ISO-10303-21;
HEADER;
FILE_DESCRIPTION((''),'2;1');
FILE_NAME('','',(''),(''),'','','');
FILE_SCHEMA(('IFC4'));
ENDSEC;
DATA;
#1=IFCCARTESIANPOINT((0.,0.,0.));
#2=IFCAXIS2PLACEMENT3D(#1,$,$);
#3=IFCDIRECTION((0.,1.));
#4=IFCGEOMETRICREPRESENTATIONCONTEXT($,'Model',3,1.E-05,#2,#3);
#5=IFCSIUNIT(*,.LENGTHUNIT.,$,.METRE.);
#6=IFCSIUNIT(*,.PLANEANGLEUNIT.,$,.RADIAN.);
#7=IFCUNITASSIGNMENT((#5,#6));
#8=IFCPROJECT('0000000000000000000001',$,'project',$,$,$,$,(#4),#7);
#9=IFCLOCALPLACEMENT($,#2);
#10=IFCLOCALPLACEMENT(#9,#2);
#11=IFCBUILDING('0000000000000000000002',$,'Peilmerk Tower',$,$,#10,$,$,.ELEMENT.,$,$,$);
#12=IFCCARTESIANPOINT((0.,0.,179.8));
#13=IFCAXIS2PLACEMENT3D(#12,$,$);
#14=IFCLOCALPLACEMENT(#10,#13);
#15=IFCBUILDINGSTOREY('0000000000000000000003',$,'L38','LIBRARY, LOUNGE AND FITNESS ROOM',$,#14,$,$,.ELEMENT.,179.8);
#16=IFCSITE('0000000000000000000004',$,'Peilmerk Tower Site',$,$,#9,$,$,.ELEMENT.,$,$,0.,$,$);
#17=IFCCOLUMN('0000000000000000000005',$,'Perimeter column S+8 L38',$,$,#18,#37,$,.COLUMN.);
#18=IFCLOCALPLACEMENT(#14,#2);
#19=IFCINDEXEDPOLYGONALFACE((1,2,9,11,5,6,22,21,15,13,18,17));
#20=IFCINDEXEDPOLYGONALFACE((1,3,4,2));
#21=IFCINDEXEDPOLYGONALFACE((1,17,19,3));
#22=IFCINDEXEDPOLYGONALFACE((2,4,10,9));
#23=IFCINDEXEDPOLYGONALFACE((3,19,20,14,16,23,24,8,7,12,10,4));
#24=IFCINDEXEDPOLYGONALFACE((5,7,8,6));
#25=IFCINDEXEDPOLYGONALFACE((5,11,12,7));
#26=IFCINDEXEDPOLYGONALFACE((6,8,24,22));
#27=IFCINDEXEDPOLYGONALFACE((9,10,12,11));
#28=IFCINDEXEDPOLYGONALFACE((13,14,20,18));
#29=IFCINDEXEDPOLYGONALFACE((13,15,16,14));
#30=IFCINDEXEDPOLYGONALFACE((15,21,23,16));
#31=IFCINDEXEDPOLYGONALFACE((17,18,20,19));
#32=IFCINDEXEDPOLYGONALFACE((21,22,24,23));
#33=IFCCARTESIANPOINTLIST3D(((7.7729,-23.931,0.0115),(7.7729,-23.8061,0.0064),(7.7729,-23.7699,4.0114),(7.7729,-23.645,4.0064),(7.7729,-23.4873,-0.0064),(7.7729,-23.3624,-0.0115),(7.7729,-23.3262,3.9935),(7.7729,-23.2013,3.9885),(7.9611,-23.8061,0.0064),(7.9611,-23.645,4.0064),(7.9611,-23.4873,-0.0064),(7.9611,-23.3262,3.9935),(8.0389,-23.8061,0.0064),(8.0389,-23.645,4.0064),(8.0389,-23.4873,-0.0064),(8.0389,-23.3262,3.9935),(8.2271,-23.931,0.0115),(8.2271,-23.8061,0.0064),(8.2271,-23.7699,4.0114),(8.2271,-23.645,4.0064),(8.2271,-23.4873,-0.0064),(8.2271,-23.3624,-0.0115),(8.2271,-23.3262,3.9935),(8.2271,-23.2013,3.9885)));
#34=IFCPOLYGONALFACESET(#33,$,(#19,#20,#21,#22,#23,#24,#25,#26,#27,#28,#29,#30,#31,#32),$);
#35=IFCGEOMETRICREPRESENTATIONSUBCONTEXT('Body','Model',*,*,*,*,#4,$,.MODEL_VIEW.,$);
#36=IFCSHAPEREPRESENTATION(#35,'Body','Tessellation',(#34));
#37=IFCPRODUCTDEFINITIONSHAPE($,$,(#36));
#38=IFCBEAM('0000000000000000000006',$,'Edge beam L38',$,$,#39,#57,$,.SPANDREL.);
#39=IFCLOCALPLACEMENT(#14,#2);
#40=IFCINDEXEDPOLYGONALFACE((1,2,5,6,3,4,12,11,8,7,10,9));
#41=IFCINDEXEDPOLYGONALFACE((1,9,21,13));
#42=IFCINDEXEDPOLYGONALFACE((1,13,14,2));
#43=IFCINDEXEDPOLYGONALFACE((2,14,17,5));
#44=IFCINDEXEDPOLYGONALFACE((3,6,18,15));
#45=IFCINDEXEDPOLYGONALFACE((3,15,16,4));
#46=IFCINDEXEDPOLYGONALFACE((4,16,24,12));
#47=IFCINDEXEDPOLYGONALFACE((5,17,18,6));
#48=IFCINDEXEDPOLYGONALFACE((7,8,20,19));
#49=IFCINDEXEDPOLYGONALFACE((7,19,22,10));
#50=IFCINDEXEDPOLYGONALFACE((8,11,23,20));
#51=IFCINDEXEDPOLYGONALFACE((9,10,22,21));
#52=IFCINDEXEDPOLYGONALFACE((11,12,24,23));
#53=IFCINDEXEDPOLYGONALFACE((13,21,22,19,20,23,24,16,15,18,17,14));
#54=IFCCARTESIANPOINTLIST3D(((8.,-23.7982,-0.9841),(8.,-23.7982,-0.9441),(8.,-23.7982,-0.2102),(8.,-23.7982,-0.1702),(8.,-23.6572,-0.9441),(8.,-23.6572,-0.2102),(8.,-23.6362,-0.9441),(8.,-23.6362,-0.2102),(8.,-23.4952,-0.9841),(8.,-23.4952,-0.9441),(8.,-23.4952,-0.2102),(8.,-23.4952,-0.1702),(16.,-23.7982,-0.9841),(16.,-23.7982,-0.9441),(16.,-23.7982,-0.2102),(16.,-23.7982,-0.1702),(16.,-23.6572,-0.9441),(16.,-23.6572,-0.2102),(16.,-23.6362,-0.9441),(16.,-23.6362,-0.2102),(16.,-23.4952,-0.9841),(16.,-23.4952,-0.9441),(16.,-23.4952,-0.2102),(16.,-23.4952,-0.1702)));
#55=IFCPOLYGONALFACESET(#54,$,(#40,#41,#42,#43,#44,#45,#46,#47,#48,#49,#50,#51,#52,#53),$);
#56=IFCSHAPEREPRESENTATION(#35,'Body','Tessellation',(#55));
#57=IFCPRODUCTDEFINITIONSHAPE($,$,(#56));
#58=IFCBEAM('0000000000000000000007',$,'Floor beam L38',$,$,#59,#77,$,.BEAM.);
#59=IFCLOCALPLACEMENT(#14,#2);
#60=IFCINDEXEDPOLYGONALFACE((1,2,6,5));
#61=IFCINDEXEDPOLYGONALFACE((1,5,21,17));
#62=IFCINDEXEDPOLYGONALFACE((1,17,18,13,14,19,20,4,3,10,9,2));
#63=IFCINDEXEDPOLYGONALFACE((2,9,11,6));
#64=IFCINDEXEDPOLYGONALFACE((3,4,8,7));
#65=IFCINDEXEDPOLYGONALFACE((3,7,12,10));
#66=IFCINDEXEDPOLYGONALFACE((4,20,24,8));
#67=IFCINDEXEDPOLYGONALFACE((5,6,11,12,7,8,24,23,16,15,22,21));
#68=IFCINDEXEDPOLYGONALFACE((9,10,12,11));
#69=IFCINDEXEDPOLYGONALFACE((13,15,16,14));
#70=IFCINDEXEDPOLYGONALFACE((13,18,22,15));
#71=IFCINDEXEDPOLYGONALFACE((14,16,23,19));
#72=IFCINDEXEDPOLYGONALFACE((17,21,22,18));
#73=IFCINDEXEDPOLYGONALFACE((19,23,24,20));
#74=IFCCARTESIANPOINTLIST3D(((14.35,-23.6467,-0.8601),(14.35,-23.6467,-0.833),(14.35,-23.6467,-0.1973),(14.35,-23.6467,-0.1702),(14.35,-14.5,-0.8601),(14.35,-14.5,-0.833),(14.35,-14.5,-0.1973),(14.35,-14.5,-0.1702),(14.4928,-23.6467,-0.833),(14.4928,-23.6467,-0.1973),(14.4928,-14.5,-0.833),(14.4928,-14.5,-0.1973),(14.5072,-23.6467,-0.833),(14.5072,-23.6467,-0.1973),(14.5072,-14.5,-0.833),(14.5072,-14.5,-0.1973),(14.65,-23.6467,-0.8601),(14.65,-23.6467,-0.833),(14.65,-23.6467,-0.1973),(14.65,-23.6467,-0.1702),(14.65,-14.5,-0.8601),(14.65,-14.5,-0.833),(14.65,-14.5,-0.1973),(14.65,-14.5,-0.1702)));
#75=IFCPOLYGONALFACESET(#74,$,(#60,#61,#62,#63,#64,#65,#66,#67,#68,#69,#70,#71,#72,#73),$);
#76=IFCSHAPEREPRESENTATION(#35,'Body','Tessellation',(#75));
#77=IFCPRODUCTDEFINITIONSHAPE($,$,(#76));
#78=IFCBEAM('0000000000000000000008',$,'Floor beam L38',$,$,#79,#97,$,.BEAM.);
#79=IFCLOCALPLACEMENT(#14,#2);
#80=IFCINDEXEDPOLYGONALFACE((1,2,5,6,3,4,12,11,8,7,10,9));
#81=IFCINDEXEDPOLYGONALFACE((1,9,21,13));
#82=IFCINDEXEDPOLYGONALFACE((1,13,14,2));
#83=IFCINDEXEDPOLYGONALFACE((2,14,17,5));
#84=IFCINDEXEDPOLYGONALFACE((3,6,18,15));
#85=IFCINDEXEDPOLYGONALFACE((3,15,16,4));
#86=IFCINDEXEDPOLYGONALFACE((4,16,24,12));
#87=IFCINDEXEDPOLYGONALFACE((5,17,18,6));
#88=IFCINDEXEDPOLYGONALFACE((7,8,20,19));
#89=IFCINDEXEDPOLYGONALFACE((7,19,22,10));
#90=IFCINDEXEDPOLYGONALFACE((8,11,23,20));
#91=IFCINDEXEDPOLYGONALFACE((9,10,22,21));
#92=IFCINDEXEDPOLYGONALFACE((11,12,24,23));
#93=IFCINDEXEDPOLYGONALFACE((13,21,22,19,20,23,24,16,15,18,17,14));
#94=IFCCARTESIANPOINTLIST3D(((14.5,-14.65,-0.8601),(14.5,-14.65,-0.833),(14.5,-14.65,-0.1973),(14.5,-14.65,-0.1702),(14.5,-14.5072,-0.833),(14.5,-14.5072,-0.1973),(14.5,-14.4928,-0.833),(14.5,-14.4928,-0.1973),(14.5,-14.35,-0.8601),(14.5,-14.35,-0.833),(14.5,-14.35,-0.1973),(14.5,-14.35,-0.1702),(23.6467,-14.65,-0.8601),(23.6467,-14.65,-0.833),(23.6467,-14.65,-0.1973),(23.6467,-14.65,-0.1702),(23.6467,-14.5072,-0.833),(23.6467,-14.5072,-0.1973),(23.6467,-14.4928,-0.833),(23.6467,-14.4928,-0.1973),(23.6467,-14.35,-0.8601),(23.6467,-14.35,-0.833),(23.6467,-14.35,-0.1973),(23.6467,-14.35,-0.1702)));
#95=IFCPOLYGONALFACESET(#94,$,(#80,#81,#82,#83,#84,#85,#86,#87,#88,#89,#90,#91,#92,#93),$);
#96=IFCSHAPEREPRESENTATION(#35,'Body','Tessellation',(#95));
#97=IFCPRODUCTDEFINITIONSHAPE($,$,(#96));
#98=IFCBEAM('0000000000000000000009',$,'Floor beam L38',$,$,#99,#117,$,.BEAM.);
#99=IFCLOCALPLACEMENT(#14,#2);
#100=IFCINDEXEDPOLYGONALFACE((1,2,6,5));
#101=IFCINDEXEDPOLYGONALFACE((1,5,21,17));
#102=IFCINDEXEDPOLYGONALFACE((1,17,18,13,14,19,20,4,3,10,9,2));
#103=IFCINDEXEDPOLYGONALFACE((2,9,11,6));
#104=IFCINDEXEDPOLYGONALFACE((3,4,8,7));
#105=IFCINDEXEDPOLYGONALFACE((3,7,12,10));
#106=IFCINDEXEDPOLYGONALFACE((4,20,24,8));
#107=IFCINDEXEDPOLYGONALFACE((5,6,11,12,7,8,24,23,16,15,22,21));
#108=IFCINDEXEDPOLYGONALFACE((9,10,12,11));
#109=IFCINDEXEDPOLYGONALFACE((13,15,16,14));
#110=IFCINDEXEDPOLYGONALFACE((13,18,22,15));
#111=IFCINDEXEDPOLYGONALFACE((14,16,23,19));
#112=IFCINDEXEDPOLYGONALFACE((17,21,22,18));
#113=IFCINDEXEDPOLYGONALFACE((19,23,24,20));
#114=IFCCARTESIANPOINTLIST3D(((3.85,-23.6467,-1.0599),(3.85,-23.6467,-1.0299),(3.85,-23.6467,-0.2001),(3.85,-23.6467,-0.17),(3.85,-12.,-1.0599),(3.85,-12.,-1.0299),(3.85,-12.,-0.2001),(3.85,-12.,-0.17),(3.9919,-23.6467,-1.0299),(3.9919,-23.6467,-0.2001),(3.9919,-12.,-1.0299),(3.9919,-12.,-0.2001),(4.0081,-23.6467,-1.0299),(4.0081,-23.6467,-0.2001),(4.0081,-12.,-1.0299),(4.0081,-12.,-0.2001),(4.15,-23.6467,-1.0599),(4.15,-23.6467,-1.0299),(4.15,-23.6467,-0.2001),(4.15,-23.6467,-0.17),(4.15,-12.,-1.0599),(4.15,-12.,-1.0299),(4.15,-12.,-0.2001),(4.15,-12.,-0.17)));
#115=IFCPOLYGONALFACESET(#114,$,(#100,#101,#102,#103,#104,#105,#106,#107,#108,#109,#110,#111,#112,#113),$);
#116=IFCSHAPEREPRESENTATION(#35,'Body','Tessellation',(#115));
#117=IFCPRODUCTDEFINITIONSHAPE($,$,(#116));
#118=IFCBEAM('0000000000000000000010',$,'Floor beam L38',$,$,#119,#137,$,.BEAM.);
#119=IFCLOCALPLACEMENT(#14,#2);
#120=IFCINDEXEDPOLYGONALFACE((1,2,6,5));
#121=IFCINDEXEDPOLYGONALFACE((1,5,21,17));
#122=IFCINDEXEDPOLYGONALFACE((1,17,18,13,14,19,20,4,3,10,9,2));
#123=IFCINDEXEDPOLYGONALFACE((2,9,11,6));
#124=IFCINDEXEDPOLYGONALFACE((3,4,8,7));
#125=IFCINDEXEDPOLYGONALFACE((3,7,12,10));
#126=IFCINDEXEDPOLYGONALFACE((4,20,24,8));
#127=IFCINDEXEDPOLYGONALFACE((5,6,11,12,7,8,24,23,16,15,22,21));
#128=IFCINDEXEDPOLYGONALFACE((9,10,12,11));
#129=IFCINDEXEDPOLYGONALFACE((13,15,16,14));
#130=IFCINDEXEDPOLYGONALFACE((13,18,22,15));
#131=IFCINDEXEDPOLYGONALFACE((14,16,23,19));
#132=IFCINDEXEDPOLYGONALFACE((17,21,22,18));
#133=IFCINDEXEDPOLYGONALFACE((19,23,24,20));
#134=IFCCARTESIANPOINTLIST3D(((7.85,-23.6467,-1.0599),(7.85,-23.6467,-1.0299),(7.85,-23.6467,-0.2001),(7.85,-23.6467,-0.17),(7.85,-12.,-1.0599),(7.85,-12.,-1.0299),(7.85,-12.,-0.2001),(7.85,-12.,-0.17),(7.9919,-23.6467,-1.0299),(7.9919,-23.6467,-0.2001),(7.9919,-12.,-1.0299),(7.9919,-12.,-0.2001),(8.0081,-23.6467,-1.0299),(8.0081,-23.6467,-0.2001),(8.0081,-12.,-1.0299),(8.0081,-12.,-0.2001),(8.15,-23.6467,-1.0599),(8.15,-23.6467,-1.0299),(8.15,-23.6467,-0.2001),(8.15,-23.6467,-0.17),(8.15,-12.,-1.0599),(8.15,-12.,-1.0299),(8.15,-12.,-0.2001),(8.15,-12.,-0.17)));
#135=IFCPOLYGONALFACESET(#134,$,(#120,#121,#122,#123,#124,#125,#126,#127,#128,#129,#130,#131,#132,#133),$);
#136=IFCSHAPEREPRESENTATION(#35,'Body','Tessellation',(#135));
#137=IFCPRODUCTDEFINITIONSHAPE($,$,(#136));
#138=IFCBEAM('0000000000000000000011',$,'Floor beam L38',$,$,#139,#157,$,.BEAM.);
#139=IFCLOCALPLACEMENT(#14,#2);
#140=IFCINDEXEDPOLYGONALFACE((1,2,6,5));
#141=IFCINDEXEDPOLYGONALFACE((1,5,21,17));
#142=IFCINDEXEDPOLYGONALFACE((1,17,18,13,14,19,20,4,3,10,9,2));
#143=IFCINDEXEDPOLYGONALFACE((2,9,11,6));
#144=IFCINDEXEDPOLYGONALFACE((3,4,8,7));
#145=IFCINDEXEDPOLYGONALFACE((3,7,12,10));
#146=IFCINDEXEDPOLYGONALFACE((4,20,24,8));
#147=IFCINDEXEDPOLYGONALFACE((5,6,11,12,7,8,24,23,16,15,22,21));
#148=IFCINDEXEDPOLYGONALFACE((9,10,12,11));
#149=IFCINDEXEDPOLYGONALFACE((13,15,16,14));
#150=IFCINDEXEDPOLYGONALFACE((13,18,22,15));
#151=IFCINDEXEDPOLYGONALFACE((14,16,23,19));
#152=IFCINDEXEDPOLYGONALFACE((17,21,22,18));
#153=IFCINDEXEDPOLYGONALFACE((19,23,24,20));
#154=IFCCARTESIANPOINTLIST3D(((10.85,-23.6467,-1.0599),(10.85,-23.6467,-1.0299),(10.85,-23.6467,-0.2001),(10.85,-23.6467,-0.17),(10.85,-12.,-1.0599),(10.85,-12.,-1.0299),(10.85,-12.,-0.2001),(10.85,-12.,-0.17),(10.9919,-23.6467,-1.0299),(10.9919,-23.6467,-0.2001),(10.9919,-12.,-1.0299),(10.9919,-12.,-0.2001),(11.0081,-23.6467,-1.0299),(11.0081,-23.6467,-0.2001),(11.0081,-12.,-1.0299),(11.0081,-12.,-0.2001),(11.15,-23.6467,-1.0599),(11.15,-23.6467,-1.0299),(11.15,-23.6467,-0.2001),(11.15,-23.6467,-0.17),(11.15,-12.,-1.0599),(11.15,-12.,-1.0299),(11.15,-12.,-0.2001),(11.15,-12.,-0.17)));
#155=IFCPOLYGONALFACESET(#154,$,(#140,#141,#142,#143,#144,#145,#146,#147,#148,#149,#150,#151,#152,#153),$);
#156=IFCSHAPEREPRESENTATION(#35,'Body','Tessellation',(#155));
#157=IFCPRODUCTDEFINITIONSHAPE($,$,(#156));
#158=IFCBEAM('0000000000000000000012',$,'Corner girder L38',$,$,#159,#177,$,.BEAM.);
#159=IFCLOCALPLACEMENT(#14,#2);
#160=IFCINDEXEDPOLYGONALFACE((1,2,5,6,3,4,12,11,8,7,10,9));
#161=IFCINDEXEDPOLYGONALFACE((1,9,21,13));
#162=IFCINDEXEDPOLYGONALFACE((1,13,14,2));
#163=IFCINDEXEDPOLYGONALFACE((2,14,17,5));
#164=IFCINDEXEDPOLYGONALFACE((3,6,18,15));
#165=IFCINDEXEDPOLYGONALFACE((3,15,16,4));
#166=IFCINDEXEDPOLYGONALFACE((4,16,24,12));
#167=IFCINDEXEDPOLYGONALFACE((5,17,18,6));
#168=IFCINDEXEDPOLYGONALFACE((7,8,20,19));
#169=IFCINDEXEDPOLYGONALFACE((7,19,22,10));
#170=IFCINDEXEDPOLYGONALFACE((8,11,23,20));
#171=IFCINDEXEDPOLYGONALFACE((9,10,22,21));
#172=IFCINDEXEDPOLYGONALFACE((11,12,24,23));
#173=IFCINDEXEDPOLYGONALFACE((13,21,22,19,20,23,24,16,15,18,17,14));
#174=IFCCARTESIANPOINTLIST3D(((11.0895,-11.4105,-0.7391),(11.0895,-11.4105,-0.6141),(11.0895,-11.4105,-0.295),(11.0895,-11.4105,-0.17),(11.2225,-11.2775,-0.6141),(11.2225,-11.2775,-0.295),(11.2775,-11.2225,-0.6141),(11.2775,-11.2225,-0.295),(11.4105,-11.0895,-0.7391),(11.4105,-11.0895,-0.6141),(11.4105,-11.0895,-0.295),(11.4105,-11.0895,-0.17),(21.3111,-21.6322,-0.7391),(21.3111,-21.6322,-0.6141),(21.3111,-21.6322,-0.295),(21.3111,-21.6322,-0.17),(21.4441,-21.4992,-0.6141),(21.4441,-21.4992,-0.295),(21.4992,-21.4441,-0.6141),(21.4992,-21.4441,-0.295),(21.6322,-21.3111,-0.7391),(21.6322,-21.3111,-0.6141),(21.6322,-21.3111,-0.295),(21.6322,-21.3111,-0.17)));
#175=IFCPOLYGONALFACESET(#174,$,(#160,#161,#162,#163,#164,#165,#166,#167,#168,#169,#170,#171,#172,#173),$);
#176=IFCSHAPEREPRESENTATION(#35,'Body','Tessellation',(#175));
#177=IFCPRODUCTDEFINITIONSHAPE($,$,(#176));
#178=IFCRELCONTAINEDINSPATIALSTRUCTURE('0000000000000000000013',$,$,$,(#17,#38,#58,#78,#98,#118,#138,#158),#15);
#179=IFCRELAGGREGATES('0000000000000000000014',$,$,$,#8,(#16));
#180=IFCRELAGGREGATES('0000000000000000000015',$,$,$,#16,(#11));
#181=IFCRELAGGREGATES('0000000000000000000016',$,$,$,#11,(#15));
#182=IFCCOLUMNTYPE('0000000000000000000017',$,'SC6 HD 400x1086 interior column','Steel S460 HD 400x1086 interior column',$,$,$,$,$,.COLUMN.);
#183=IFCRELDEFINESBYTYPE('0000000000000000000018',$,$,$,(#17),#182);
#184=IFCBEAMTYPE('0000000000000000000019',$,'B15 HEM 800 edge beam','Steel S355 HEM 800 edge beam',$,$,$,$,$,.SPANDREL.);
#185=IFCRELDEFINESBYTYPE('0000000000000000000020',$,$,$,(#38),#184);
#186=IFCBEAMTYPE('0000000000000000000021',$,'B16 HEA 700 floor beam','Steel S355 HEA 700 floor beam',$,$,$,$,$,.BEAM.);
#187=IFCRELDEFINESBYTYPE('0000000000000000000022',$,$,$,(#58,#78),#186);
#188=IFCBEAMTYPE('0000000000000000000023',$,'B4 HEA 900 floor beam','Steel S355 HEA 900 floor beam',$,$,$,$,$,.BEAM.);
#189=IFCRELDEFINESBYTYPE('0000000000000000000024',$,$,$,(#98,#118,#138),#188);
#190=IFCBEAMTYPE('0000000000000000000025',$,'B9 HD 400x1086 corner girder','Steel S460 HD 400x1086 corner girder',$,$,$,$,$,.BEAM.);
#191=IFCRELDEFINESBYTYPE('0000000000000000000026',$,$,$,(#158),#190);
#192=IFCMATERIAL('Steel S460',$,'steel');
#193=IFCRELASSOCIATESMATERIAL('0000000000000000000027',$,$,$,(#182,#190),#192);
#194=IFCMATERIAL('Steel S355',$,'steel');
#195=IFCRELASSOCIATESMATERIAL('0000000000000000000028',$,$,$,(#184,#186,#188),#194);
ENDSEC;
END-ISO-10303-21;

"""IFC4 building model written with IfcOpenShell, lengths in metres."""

from ifc_helpers import new_model, si_unit, direction, frame, origin, origin_2d, place, context, subcontext, project, spatial, i_section, extrude, material, material_profile, profile_set, type_object, element, save


model = new_model("IFC4")

# Units and contexts
model_context = context("Model", 3, precision=1e-05, world=origin(), true_north=direction((0.0, 1.0)))
body_context = subcontext(model_context, "Body", "Model", "MODEL_VIEW")
ifc_project = project(units=[si_unit("LENGTHUNIT", "METRE"), si_unit("PLANEANGLEUNIT", "RADIAN")], contexts=[model_context])

# Site, building, storey
site_placement = place(None, origin())
site = spatial("IfcSite", under=ifc_project, at=site_placement, Name="Peilmerk Tower Site", CompositionType="ELEMENT", RefElevation=0.0)
building_placement = place(site_placement, origin())
building = spatial("IfcBuilding", under=site, at=building_placement, Name="Peilmerk Tower", CompositionType="ELEMENT")
storey_placement = place(building_placement, frame((0.0, 0.0, 179.8)))
storey = spatial("IfcBuildingStorey", under=building, at=storey_placement, Name="L38", Description="LIBRARY, LOUNGE AND FITNESS ROOM", CompositionType="ELEMENT", Elevation=179.8)

# Column
ifc_material_1 = material(Name="Steel S460", Category="steel")
ifc_material_profile_1 = material_profile(ifc_material_1, i_section(OverallWidth=0.4541, OverallDepth=0.5691, WebThickness=0.0779, FlangeThickness=0.125, at=origin_2d()), Name="HD 400x1086")
ifc_profile_set_1 = profile_set([ifc_material_profile_1], Name="Steel S460")
column_type = type_object("IfcColumnType", Name="SC6 HD 400x1086 interior column", Description="Steel S460 HD 400x1086 interior column", PredefinedType="COLUMN", material=ifc_profile_set_1)
column_placement = place(storey_placement, frame((8.0, -23.6467, 0.0), z_axis=(0.0, 0.040251, 0.99919), x_axis=(-1.0, 0.0, 0.0)))
element("IfcColumn", 1, at=column_placement, inside=storey, type_object=column_type, Name="Perimeter column S+8 L38", PredefinedType="COLUMN", context=body_context, shape_type="SweptSolid", body=[
    extrude(i_section(OverallWidth=0.4541, OverallDepth=0.5691, WebThickness=0.0779, FlangeThickness=0.125, at=origin_2d()), origin(), (0.0, 0.0, 1.0), 4.0032),
])

# Beams
ifc_material_2 = material(Name="Steel S355", Category="steel")
ifc_material_profile_2 = material_profile(ifc_material_2, i_section(OverallWidth=0.303, OverallDepth=0.814, WebThickness=0.021, FlangeThickness=0.04, at=origin_2d()), Name="HEM 800")
ifc_profile_set_2 = profile_set([ifc_material_profile_2], Name="Steel S355")
beam_type_1 = type_object("IfcBeamType", Name="B15 HEM 800 edge beam", Description="Steel S355 HEM 800 edge beam", PredefinedType="SPANDREL", material=ifc_profile_set_2)
beam_1_placement = place(storey_placement, frame((8.0, -23.6467, -0.5771), z_axis=(1.0, 0.0, 0.0), x_axis=(0.0, 1.0, 0.0)))
element("IfcBeam", 2, at=beam_1_placement, inside=storey, type_object=beam_type_1, Name="Edge beam L38", PredefinedType="SPANDREL", context=body_context, shape_type="SweptSolid", body=[
    extrude(i_section(OverallWidth=0.303, OverallDepth=0.814, WebThickness=0.021, FlangeThickness=0.04, at=origin_2d()), origin(), (0.0, 0.0, 1.0), 8.0),
])
ifc_material_profile_3 = material_profile(ifc_material_2, i_section(OverallWidth=0.3, OverallDepth=0.6899, WebThickness=0.0144, FlangeThickness=0.0271, at=origin_2d()), Name="HEA 700")
ifc_profile_set_3 = profile_set([ifc_material_profile_3], Name="Steel S355")
beam_type_2 = type_object("IfcBeamType", Name="B16 HEA 700 floor beam", Description="Steel S355 HEA 700 floor beam", PredefinedType="BEAM", material=ifc_profile_set_3)
for number, where, z_axis, x_axis, name in (
    (3, (14.5, -14.5, -0.5151), (0.0, -1.0, 0.0), (1.0, 0.0, 0.0), "Floor beam L38"),
    (4, (14.5, -14.5, -0.5151), (1.0, 0.0, 0.0), (0.0, 1.0, 0.0), "Floor beam L38"),
):
    element("IfcBeam", number, at=place(storey_placement, frame(where, z_axis=z_axis, x_axis=x_axis)), inside=storey, type_object=beam_type_2, Name=name, PredefinedType="BEAM", context=body_context, shape_type="SweptSolid", body=[
        extrude(i_section(OverallWidth=0.3, OverallDepth=0.6899, WebThickness=0.0144, FlangeThickness=0.0271, at=origin_2d()), origin(), (0.0, 0.0, 1.0), 9.1467),
    ])
ifc_material_profile_4 = material_profile(ifc_material_2, i_section(OverallWidth=0.3, OverallDepth=0.8899, WebThickness=0.0161, FlangeThickness=0.03, at=origin_2d()), Name="HEA 900")
ifc_profile_set_4 = profile_set([ifc_material_profile_4], Name="Steel S355")
beam_type_3 = type_object("IfcBeamType", Name="B4 HEA 900 floor beam", Description="Steel S355 HEA 900 floor beam", PredefinedType="BEAM", material=ifc_profile_set_4)
for number, where, z_axis, x_axis, name in (
    (5, (4.0, -12.0, -0.615), (0.0, -1.0, 0.0), (1.0, 0.0, 0.0), "Floor beam L38"),
    (6, (8.0, -12.0, -0.615), (0.0, -1.0, 0.0), (1.0, 0.0, 0.0), "Floor beam L38"),
    (7, (11.0, -12.0, -0.615), (0.0, -1.0, 0.0), (1.0, 0.0, 0.0), "Floor beam L38"),
):
    element("IfcBeam", number, at=place(storey_placement, frame(where, z_axis=z_axis, x_axis=x_axis)), inside=storey, type_object=beam_type_3, Name=name, PredefinedType="BEAM", context=body_context, shape_type="SweptSolid", body=[
        extrude(i_section(OverallWidth=0.3, OverallDepth=0.8899, WebThickness=0.0161, FlangeThickness=0.03, at=origin_2d()), origin(), (0.0, 0.0, 1.0), 11.6467),
    ])
ifc_material_profile_5 = material_profile(ifc_material_1, i_section(OverallWidth=0.4541, OverallDepth=0.5691, WebThickness=0.0779, FlangeThickness=0.125, at=origin_2d()), Name="HD 400x1086")
ifc_profile_set_5 = profile_set([ifc_material_profile_5], Name="Steel S460")
beam_type_4 = type_object("IfcBeamType", Name="B9 HD 400x1086 corner girder", Description="Steel S460 HD 400x1086 corner girder", PredefinedType="BEAM", material=ifc_profile_set_5)
beam_2_placement = place(storey_placement, frame((11.25, -11.25, -0.4546), z_axis=(0.707107, -0.707107, 0.0), x_axis=(0.707107, 0.707107, 0.0)))
element("IfcBeam", 8, at=beam_2_placement, inside=storey, type_object=beam_type_4, Name="Corner girder L38", PredefinedType="BEAM", context=body_context, shape_type="SweptSolid", body=[
    extrude(i_section(OverallWidth=0.4541, OverallDepth=0.5691, WebThickness=0.0779, FlangeThickness=0.125, at=origin_2d()), origin(), (0.0, 0.0, 1.0), 14.4556),
])

save(model, "model.ifc")
